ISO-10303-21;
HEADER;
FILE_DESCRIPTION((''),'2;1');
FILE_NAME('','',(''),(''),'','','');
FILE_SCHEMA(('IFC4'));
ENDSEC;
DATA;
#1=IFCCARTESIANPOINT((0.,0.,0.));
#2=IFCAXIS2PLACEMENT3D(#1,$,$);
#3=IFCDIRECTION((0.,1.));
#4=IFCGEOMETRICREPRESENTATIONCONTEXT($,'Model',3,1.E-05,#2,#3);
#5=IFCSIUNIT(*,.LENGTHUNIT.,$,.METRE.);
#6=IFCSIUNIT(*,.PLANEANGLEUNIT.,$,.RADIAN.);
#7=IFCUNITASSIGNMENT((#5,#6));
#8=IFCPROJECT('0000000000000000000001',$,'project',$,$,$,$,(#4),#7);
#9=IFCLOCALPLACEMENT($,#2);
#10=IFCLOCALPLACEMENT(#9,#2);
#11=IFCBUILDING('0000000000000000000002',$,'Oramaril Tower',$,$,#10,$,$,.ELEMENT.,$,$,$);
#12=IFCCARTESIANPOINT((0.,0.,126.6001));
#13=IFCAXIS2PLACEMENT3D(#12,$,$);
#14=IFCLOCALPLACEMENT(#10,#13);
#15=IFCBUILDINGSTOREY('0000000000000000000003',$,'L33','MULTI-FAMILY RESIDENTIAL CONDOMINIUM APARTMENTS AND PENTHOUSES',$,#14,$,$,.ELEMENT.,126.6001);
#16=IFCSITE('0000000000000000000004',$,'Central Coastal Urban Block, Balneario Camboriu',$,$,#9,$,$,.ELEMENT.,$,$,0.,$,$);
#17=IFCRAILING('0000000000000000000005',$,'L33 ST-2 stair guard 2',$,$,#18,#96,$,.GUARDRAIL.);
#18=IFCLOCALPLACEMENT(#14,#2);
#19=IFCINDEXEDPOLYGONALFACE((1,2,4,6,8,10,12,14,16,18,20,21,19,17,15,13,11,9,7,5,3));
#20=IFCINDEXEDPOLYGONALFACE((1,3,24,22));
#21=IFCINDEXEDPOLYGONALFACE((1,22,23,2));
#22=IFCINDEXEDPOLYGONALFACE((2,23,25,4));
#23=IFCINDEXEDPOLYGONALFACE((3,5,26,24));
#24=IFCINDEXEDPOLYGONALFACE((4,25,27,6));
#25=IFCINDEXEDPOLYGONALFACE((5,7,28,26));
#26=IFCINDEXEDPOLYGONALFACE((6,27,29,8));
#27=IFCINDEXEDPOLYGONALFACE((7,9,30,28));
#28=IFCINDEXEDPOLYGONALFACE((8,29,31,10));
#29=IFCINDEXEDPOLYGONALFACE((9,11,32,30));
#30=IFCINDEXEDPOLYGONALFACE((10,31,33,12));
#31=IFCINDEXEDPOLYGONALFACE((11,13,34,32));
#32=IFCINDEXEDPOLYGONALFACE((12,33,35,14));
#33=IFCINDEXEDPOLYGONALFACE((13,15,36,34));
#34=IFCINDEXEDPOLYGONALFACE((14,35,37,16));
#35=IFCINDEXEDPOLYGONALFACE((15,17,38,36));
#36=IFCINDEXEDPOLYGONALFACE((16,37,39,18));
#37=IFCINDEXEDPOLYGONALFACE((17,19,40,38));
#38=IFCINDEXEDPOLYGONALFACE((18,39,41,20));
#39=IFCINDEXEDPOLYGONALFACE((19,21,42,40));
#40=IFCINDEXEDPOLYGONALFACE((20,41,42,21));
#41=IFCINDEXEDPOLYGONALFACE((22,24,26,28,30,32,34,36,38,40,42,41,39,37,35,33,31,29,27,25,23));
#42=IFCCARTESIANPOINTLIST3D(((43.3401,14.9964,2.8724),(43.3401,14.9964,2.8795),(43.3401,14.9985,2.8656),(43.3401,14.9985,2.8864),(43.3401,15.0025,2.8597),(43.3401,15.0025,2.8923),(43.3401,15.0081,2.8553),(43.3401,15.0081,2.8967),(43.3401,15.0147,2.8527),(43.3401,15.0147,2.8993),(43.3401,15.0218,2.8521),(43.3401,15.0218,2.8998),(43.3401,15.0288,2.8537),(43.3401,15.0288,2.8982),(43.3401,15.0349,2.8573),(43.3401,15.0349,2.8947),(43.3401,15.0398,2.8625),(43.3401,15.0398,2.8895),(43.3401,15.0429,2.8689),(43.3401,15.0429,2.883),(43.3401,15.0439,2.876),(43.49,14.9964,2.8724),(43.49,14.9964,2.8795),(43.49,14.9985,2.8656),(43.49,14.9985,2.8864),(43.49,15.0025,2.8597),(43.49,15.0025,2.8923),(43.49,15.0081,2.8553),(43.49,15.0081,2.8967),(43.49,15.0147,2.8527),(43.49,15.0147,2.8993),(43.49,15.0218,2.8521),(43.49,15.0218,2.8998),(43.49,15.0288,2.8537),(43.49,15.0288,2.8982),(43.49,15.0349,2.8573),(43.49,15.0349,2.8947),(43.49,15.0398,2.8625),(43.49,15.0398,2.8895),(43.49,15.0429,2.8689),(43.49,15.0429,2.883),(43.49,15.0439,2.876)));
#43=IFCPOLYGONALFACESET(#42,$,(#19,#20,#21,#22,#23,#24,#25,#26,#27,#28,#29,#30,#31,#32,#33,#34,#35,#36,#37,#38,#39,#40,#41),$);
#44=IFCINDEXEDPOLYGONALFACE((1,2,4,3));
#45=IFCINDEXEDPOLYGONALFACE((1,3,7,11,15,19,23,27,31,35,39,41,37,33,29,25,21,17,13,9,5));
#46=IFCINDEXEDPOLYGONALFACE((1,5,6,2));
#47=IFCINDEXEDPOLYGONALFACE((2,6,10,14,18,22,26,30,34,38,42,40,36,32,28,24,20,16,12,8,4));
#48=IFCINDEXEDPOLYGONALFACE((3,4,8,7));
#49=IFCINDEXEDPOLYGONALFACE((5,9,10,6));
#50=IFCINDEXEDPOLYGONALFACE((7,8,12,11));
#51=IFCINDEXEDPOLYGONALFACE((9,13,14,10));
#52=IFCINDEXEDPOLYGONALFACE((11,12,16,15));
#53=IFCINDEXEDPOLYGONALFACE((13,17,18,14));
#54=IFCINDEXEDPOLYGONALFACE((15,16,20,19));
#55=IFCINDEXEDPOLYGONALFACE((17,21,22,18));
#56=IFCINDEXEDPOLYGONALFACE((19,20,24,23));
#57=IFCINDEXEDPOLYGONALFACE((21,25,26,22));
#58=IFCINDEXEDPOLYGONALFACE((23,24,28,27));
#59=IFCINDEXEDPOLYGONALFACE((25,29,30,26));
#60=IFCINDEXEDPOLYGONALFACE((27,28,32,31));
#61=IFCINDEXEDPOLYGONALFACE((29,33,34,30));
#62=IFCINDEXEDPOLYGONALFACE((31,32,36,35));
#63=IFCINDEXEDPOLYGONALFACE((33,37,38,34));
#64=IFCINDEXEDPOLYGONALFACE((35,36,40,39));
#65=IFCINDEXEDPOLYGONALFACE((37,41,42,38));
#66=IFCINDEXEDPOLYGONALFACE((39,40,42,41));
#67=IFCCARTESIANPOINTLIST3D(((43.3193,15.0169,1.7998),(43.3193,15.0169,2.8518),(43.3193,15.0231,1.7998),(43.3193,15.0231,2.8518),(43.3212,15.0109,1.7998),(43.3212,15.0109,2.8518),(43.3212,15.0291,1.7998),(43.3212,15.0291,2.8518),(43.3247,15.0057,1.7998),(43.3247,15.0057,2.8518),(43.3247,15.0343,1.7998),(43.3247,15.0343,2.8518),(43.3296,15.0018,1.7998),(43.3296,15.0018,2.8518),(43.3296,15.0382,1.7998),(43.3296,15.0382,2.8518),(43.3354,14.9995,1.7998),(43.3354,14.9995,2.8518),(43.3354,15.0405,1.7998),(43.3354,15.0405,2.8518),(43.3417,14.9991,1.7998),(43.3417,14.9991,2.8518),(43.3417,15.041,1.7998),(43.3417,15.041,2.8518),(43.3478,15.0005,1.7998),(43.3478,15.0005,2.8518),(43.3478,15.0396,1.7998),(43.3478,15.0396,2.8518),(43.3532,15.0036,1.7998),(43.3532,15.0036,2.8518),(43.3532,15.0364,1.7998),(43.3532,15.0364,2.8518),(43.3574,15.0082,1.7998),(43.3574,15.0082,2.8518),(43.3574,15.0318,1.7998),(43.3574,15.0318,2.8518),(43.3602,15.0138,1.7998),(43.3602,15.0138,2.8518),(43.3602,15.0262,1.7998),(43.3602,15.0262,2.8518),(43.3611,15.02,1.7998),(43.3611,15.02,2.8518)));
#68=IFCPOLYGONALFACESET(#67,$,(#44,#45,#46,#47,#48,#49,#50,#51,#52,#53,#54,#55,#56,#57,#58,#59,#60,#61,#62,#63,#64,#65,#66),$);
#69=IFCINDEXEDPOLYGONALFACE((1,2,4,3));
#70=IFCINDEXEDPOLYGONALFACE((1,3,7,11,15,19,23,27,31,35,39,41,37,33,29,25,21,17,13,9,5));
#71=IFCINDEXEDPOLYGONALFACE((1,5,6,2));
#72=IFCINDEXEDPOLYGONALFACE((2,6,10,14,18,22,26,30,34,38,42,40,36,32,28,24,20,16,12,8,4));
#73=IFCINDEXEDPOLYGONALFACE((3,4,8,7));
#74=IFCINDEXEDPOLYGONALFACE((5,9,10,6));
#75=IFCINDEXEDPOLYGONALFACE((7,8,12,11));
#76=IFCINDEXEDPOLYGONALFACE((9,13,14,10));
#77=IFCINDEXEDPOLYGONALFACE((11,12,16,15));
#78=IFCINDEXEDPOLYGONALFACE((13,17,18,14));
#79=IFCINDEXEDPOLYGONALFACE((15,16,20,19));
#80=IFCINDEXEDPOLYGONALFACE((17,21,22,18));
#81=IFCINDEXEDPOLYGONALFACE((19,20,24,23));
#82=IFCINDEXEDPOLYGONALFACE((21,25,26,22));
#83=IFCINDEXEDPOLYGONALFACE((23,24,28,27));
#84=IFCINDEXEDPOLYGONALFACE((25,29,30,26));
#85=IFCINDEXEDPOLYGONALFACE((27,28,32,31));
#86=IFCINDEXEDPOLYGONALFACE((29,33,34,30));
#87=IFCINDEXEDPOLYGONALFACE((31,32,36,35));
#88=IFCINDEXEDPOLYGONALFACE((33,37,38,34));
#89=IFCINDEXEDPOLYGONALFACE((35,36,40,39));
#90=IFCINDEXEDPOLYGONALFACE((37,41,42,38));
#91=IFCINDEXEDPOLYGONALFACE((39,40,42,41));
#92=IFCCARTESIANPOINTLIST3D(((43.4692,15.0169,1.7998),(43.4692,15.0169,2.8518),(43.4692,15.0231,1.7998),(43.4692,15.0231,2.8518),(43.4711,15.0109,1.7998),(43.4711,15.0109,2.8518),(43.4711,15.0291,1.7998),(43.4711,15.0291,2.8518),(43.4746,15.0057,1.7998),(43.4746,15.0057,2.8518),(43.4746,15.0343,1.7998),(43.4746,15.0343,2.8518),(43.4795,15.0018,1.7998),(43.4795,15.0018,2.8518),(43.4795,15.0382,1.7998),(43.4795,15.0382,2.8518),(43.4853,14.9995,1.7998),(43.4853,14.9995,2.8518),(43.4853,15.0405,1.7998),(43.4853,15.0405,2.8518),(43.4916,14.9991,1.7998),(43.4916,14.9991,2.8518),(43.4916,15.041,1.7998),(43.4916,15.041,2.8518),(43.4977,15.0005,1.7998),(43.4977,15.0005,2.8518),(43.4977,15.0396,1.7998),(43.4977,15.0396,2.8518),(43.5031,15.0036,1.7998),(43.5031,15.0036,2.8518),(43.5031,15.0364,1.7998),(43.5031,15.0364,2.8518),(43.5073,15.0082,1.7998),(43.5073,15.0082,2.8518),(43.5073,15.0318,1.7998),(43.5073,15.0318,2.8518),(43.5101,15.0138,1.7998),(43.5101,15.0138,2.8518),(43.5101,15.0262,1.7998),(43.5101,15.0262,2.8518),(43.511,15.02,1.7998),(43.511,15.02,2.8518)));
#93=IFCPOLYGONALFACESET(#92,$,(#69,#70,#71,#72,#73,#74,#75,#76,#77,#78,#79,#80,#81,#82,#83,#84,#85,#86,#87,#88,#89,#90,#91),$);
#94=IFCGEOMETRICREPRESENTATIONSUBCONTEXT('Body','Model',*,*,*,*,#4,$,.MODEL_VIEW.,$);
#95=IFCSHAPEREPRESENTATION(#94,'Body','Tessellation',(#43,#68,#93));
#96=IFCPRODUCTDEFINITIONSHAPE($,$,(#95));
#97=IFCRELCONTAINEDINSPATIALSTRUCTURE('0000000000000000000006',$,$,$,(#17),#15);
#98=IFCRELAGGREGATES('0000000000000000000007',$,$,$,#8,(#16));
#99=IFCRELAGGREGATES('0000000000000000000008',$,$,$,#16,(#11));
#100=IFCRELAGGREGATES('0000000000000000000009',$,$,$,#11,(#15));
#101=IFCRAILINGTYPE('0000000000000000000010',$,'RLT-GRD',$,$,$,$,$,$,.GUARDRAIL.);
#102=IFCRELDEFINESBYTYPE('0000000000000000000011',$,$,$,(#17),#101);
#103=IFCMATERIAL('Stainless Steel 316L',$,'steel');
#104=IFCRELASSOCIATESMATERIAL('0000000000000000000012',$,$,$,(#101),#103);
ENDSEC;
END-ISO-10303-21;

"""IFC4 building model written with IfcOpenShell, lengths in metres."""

from ifc_helpers import new_model, si_unit, direction, frame, origin, origin_2d, place, context, subcontext, project, spatial, circle, extrude, material, type_object, element, save


model = new_model("IFC4")

# Units and contexts
model_context = context("Model", 3, precision=1e-05, world=origin(), true_north=direction((0.0, 1.0)))
body_context = subcontext(model_context, "Body", "Model", "MODEL_VIEW")
ifc_project = project(units=[si_unit("LENGTHUNIT", "METRE"), si_unit("PLANEANGLEUNIT", "RADIAN")], contexts=[model_context])

# Site, building, storey
site_placement = place(None, origin())
site = spatial("IfcSite", under=ifc_project, at=site_placement, Name="Central Coastal Urban Block, Balneario Camboriu", CompositionType="ELEMENT", RefElevation=0.0)
building_placement = place(site_placement, origin())
building = spatial("IfcBuilding", under=site, at=building_placement, Name="Oramaril Tower", CompositionType="ELEMENT")
storey_placement = place(building_placement, frame((0.0, 0.0, 126.6001)))
storey = spatial("IfcBuildingStorey", under=building, at=storey_placement, Name="L33", Description="MULTI-FAMILY RESIDENTIAL CONDOMINIUM APARTMENTS AND PENTHOUSES", CompositionType="ELEMENT", Elevation=126.6001)

# Railing
ifc_material_1 = material(Name="Stainless Steel 316L", Category="steel")
railing_type_1 = type_object("IfcRailingType", Name="RLT-GRD", PredefinedType="GUARDRAIL", material=ifc_material_1)
railing_1_placement = place(storey_placement, frame((43.3401, 15.02, 1.7998)))
element("IfcRailing", 1, at=railing_1_placement, inside=storey, type_object=railing_type_1, Name="L33 ST-2 stair guard 2", PredefinedType="GUARDRAIL", context=body_context, shape_type="SweptSolid", body=[
    extrude(circle(Radius=0.0239, at=origin_2d()), frame((0.0, 0.0, 1.0762), z_axis=(1.0, 0.0, 0.0), x_axis=(0.0, 1.0, 0.0)), (0.0, 0.0, 1.0), 0.1499),
    extrude(circle(Radius=0.021, at=origin_2d()), origin(), (0.0, 0.0, 1.0), 1.052),
    extrude(circle(Radius=0.021, at=origin_2d()), frame((0.1499, 0.0, 0.0)), (0.0, 0.0, 1.0), 1.052),
])

save(model, "model.ifc")
